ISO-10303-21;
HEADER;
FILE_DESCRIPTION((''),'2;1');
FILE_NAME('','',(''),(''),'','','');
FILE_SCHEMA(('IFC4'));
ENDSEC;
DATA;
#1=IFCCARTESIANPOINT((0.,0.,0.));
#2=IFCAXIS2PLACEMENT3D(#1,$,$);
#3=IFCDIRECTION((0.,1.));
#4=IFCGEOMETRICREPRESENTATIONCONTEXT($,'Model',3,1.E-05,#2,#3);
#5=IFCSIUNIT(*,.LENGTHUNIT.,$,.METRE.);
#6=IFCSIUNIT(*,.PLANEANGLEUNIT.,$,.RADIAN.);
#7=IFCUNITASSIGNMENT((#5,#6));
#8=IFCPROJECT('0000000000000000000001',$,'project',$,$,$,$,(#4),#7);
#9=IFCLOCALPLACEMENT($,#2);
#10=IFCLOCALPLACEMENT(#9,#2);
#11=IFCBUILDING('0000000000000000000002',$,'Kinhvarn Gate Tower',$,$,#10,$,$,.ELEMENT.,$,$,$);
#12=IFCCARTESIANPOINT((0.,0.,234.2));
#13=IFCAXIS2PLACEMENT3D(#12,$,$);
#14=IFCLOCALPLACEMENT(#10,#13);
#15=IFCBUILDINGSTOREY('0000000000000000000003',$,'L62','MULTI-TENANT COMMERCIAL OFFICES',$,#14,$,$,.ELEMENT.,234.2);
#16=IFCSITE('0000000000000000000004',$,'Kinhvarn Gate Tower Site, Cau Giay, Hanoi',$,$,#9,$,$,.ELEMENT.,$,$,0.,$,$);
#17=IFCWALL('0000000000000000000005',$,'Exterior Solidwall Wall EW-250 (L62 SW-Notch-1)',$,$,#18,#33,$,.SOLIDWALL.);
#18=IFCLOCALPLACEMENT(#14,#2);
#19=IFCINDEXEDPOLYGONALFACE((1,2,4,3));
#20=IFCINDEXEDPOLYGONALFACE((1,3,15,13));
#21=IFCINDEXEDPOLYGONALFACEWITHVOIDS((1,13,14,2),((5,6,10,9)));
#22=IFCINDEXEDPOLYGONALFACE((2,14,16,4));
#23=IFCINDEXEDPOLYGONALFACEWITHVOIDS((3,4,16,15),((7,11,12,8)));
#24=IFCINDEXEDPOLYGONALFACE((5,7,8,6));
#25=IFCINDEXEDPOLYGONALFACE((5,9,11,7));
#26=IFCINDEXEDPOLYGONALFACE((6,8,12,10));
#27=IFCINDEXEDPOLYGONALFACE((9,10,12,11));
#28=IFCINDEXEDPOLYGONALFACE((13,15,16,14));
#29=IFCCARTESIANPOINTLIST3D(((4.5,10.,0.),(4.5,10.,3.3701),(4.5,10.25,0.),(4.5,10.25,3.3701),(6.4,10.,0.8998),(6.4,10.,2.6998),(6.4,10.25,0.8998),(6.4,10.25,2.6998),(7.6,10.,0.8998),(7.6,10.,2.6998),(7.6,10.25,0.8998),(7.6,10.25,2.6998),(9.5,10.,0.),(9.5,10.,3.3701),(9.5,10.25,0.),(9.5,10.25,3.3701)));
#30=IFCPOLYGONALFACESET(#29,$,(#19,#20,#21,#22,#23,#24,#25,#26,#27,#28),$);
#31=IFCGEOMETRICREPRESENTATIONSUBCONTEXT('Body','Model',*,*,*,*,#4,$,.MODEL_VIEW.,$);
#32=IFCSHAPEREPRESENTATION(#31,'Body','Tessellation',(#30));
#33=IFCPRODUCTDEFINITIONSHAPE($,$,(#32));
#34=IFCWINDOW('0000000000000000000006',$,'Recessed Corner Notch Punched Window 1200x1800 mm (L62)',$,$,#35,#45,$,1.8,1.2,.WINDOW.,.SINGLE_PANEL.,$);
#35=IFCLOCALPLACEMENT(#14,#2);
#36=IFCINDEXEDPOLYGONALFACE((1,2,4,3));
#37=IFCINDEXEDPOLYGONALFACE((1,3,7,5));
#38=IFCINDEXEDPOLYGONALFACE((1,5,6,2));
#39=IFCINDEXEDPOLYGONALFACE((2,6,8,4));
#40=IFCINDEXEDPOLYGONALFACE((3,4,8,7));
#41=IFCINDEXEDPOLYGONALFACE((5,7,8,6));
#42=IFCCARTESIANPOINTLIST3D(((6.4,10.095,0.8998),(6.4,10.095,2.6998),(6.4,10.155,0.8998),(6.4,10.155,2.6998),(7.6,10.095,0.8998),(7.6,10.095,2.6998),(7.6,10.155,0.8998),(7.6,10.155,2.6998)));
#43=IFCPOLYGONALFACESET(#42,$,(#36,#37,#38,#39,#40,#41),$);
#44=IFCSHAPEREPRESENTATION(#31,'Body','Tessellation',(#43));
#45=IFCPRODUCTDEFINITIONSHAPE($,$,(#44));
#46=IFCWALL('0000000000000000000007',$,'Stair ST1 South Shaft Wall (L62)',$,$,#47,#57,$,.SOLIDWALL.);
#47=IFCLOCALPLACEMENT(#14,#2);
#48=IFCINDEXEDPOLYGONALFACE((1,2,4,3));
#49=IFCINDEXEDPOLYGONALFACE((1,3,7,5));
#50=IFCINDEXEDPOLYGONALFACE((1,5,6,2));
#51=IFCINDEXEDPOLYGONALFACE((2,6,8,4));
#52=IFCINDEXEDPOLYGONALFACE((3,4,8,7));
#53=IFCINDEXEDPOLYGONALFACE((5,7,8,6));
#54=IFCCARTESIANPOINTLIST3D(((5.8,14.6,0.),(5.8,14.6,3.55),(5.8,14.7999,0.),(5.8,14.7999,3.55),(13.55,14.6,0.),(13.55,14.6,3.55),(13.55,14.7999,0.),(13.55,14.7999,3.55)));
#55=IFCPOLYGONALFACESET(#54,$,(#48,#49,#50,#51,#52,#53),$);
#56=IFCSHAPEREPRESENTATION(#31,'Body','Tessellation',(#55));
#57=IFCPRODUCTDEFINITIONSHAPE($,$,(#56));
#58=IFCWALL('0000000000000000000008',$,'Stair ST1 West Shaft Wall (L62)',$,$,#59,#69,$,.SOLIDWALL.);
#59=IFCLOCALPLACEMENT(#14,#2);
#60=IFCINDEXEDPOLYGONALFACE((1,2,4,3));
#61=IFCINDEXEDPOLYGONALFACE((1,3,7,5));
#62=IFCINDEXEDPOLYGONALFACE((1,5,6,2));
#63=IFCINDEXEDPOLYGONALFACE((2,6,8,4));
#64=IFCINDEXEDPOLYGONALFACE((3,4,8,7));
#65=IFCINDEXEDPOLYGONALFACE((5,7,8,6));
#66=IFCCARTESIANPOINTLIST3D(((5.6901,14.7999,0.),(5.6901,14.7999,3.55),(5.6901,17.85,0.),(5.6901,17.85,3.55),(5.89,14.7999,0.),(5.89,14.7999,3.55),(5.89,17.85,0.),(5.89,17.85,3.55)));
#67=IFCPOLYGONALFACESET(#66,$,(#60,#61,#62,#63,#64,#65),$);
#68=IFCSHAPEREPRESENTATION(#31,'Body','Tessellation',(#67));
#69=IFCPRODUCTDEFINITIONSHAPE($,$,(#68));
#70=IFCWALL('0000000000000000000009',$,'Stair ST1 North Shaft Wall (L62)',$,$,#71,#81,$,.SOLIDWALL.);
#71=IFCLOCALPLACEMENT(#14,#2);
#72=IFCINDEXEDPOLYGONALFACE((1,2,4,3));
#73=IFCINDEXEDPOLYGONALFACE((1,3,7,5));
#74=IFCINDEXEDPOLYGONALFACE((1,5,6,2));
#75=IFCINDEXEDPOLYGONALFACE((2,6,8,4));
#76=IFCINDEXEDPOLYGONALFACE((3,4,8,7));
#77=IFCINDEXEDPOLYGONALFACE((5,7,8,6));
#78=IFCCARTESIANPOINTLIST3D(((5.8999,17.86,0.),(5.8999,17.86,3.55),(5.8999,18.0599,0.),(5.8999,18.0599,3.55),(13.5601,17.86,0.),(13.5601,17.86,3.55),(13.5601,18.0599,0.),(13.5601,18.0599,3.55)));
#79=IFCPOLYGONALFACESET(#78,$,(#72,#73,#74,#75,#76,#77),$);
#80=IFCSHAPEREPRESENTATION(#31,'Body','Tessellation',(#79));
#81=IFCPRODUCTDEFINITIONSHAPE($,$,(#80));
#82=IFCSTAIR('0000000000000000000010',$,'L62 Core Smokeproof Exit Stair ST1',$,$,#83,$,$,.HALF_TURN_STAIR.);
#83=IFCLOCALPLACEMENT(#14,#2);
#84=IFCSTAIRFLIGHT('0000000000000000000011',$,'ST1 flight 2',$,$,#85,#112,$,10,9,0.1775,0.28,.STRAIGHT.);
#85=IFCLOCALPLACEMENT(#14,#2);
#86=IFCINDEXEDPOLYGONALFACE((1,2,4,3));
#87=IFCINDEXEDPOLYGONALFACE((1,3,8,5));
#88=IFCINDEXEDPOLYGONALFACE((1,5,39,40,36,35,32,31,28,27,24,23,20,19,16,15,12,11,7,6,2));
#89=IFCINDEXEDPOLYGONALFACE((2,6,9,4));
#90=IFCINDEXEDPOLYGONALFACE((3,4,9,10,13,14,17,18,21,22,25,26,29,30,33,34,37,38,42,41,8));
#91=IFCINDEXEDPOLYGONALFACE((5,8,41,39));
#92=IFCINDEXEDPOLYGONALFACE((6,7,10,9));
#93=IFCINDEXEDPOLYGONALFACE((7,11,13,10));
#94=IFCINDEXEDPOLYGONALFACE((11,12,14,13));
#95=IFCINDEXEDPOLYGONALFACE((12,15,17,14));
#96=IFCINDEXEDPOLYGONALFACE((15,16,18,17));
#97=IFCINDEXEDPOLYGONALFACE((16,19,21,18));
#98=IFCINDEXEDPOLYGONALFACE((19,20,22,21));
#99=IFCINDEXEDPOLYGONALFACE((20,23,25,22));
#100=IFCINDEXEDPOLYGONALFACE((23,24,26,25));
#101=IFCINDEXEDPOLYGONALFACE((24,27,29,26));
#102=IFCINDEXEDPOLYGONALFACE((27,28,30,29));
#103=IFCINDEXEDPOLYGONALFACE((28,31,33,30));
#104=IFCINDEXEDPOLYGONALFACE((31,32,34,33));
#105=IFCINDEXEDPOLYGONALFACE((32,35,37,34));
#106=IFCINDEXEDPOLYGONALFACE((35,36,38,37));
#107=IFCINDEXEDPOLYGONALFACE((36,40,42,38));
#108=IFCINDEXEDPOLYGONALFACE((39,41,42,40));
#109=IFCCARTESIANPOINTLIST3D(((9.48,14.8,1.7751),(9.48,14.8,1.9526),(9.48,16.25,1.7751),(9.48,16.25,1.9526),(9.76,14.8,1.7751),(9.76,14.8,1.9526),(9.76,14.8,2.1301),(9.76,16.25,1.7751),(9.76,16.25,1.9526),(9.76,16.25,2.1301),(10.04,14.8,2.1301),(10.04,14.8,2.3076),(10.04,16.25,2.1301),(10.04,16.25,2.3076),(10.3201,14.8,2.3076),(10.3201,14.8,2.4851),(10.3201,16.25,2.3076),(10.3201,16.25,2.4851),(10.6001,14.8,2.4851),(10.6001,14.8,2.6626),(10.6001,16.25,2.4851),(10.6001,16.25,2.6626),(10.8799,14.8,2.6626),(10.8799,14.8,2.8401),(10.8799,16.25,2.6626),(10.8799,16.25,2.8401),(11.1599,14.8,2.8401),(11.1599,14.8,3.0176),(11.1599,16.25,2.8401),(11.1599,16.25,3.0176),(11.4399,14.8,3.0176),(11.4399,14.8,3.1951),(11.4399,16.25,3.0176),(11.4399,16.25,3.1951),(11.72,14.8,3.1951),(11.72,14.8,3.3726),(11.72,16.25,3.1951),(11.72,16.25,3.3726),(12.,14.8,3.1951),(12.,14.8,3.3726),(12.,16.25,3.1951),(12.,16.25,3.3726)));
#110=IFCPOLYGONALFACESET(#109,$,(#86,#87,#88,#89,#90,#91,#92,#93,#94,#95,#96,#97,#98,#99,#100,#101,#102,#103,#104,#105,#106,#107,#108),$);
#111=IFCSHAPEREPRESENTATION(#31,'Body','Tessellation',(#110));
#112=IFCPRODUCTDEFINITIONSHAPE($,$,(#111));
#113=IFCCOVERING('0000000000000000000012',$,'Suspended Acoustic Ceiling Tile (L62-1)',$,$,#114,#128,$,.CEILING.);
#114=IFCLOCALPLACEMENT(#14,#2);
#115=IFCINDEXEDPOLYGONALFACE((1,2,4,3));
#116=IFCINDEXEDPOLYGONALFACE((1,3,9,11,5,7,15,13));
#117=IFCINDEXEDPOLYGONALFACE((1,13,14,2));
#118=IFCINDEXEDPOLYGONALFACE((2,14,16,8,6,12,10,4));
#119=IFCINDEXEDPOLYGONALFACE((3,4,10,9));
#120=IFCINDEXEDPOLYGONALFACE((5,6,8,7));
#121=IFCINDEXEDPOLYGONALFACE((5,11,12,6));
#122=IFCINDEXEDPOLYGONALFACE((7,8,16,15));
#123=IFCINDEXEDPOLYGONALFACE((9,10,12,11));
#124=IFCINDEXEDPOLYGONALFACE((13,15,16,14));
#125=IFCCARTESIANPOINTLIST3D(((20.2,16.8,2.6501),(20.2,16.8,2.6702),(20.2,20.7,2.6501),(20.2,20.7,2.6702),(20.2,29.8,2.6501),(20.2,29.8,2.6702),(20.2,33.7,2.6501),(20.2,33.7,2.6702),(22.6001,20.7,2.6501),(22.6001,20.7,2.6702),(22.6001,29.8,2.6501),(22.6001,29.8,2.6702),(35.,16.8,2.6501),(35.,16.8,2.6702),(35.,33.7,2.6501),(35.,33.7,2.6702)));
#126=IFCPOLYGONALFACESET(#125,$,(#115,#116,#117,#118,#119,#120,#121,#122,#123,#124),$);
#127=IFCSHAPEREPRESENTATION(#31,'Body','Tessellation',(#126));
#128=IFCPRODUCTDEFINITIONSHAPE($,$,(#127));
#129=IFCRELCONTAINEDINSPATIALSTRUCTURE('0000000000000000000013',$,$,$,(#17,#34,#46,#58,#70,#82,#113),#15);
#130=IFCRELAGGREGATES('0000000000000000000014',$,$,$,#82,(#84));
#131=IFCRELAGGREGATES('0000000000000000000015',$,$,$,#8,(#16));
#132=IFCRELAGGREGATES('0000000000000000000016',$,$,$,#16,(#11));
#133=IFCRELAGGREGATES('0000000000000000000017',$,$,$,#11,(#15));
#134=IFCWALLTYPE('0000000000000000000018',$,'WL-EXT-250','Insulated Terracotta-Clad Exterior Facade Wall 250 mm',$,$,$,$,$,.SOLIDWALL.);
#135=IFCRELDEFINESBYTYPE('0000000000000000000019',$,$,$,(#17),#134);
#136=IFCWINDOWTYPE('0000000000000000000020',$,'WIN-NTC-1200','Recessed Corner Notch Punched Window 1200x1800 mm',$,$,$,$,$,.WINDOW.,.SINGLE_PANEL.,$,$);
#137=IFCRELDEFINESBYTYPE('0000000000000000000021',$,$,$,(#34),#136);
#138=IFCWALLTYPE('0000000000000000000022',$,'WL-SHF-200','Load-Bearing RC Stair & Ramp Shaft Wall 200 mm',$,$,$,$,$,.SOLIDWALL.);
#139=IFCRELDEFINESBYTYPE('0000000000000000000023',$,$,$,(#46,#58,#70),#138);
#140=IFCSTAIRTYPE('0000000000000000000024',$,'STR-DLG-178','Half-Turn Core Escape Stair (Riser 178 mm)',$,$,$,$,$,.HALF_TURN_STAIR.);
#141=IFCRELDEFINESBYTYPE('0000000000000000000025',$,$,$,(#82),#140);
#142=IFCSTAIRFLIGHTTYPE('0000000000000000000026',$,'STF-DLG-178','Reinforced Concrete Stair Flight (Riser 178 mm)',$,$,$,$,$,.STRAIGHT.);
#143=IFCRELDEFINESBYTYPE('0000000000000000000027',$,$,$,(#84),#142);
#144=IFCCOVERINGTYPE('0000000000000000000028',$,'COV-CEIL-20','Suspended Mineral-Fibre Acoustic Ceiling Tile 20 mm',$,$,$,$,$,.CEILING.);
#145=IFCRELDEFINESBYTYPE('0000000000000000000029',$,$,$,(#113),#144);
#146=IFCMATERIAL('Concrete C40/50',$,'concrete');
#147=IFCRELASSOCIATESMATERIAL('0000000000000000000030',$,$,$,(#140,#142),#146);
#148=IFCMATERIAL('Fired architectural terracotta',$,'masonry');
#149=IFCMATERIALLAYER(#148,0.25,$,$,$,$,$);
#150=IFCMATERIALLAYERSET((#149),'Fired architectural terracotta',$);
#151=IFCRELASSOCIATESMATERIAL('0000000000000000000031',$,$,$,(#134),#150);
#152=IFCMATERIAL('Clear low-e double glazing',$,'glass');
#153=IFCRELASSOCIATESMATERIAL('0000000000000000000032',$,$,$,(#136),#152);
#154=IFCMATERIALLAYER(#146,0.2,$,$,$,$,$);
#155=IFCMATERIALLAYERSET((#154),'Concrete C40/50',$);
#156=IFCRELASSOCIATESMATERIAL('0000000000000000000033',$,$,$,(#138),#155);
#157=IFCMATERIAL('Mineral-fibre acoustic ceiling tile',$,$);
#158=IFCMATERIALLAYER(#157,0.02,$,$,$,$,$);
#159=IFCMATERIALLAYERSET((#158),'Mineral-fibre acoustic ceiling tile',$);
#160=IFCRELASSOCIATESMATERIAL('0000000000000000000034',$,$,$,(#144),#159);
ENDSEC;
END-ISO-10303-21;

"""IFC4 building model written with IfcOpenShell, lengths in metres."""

from ifc_helpers import new_model, si_unit, direction, frame, frame_2d, origin, place, context, subcontext, project, spatial, polyline, rectangle, outline, extrude, material, layer, layer_set, type_object, element, fill, aggregate, save


model = new_model("IFC4")

# Units and contexts
model_context = context("Model", 3, precision=1e-05, world=origin(), true_north=direction((0.0, 1.0)))
body_context = subcontext(model_context, "Body", "Model", "MODEL_VIEW")
ifc_project = project(units=[si_unit("LENGTHUNIT", "METRE"), si_unit("PLANEANGLEUNIT", "RADIAN")], contexts=[model_context])

# Site, building, storey
site_placement = place(None, origin())
site = spatial("IfcSite", under=ifc_project, at=site_placement, Name="Kinhvarn Gate Tower Site, Cau Giay, Hanoi", CompositionType="ELEMENT", RefElevation=0.0)
building_placement = place(site_placement, origin())
building = spatial("IfcBuilding", under=site, at=building_placement, Name="Kinhvarn Gate Tower", CompositionType="ELEMENT")
storey_placement = place(building_placement, frame((0.0, 0.0, 234.2)))
storey = spatial("IfcBuildingStorey", under=building, at=storey_placement, Name="L62", Description="MULTI-TENANT COMMERCIAL OFFICES", CompositionType="ELEMENT", Elevation=234.2)

# Shared definitions
ifc_material_1 = material(Name="Concrete C40/50", Category="concrete")
stair_type = type_object("IfcStairType", Name="STR-DLG-178", Description="Half-Turn Core Escape Stair (Riser 178 mm)", PredefinedType="HALF_TURN_STAIR", material=ifc_material_1)

# Wall, opening, window
ifc_material_2 = material(Name="Fired architectural terracotta", Category="masonry")
ifc_layer_1 = layer(ifc_material_2, 0.25)
ifc_layer_set_1 = layer_set([ifc_layer_1], Name="Fired architectural terracotta")
wall_type_1 = type_object("IfcWallType", Name="WL-EXT-250", Description="Insulated Terracotta-Clad Exterior Facade Wall 250 mm", PredefinedType="SOLIDWALL", material=ifc_layer_set_1)
ifc_material_3 = material(Name="Clear low-e double glazing", Category="glass")
wall_1_placement = place(storey_placement, frame((4.5, 10.125, 0.0), z_axis=(0.0, 0.0, 1.0), x_axis=(1.0, 0.0, 0.0)))
wall_1 = element("IfcWall", 1, at=wall_1_placement, inside=storey, type_object=wall_type_1, Name="Exterior Solidwall Wall EW-250 (L62 SW-Notch-1)", PredefinedType="SOLIDWALL", context=body_context, shape_type="SweptSolid", body=[
    extrude(rectangle(XDim=5.0, YDim=0.25, at=frame_2d((2.5, 0.0))), origin(), (0.0, 0.0, 1.0), 3.3701),
])
opening_1_placement = place(wall_1_placement, frame((1.8999, 0.0, 0.8999)))
opening_1 = element("IfcOpeningElement", 2, at=opening_1_placement, cuts=wall_1, PredefinedType="OPENING", context=body_context, shape_type="SweptSolid", body=[
    extrude(rectangle(XDim=1.2, YDim=1.8, at=frame_2d((0.6001, 0.8999))), frame((0.0, 0.135, 0.0), z_axis=(0.0, -1.0, 0.0), x_axis=(1.0, 0.0, 0.0)), (0.0, 0.0, 1.0), 0.27),
])
window_type_1 = type_object("IfcWindowType", Name="WIN-NTC-1200", Description="Recessed Corner Notch Punched Window 1200x1800 mm", PartitioningType="SINGLE_PANEL", PredefinedType="WINDOW", material=ifc_material_3)
window_1_placement = place(opening_1_placement, origin())
window_1 = element("IfcWindow", 3, at=window_1_placement, inside=storey, type_object=window_type_1, Name="Recessed Corner Notch Punched Window 1200x1800 mm (L62)", OverallHeight=1.8, OverallWidth=1.2, PartitioningType="SINGLE_PANEL", PredefinedType="WINDOW", context=body_context, shape_type="SweptSolid", body=[
    extrude(rectangle(XDim=1.2, YDim=1.8, at=frame_2d((0.6001, 0.8999))), frame((0.0, 0.03, 0.0), z_axis=(0.0, -1.0, 0.0), x_axis=(1.0, 0.0, 0.0)), (0.0, 0.0, 1.0), 0.0601),
])
fill(opening_1, window_1)

# Walls
ifc_layer_2 = layer(ifc_material_1, 0.2)
ifc_layer_set_2 = layer_set([ifc_layer_2], Name="Concrete C40/50")
wall_type_2 = type_object("IfcWallType", Name="WL-SHF-200", Description="Load-Bearing RC Stair & Ramp Shaft Wall 200 mm", PredefinedType="SOLIDWALL", material=ifc_layer_set_2)
wall_2_placement = place(storey_placement, frame((5.8, 14.7, 0.0), z_axis=(0.0, 0.0, 1.0), x_axis=(1.0, 0.0, 0.0)))
element("IfcWall", 4, at=wall_2_placement, inside=storey, type_object=wall_type_2, Name="Stair ST1 South Shaft Wall (L62)", PredefinedType="SOLIDWALL", context=body_context, shape_type="SweptSolid", body=[
    extrude(rectangle(XDim=7.75, YDim=0.2, at=frame_2d((3.875, 0.0))), origin(), (0.0, 0.0, 1.0), 3.55),
])
wall_3_placement = place(storey_placement, frame((5.79, 14.8, 0.0), z_axis=(0.0, 0.0, 1.0), x_axis=(0.0, 1.0, 0.0)))
element("IfcWall", 5, at=wall_3_placement, inside=storey, type_object=wall_type_2, Name="Stair ST1 West Shaft Wall (L62)", PredefinedType="SOLIDWALL", context=body_context, shape_type="SweptSolid", body=[
    extrude(rectangle(XDim=3.05, YDim=0.2, at=frame_2d((1.5249, 0.0))), origin(), (0.0, 0.0, 1.0), 3.55),
])
wall_4_placement = place(storey_placement, frame((5.8999, 17.96, 0.0), z_axis=(0.0, 0.0, 1.0), x_axis=(1.0, 0.0, 0.0)))
element("IfcWall", 6, at=wall_4_placement, inside=storey, type_object=wall_type_2, Name="Stair ST1 North Shaft Wall (L62)", PredefinedType="SOLIDWALL", context=body_context, shape_type="SweptSolid", body=[
    extrude(rectangle(XDim=7.6602, YDim=0.2, at=frame_2d((3.8301, 0.0))), origin(), (0.0, 0.0, 1.0), 3.55),
])

# Stair, stair flight
stair_1_placement = place(storey_placement, origin())
stair_1 = element("IfcStair", 7, at=stair_1_placement, inside=storey, type_object=stair_type, Name="L62 Core Smokeproof Exit Stair ST1", PredefinedType="HALF_TURN_STAIR")
stair_flight_type = type_object("IfcStairFlightType", Name="STF-DLG-178", Description="Reinforced Concrete Stair Flight (Riser 178 mm)", PredefinedType="STRAIGHT", material=ifc_material_1)
stair_flight_placement = place(storey_placement, frame((9.48, 15.5249, 1.7751), z_axis=(0.0, 0.0, 1.0), x_axis=(1.0, 0.0, 0.0)))
stair_flight = element("IfcStairFlight", 8, at=stair_flight_placement, type_object=stair_flight_type, Name="ST1 flight 2", NumberOfRisers=10, NumberOfTreads=9, PredefinedType="STRAIGHT", RiserHeight=0.1775, TreadLength=0.28, context=body_context, shape_type="SweptSolid", body=[
    extrude(outline(polyline([(0.0, 0.0), (0.0, 0.1775), (0.28, 0.1775), (0.28, 0.355), (0.5601, 0.355), (0.5601, 0.5325), (0.8401, 0.5325), (0.8401, 0.71), (1.1201, 0.71), (1.1201, 0.8875), (1.3999, 0.8875), (1.3999, 1.0649), (1.6799, 1.0649), (1.6799, 1.2424), (1.96, 1.2424), (1.96, 1.4199), (2.24, 1.4199), (2.24, 1.5974), (2.52, 1.5974), (2.52, 1.7749), (2.52, 1.4199), (0.28, 0.0), (0.0, 0.0)])), frame((0.0, 0.7251, 0.0), z_axis=(0.0, -1.0, 0.0), x_axis=(1.0, 0.0, 0.0)), (0.0, 0.0, 1.0), 1.45),
])
aggregate(stair_1, [stair_flight])

# Covering
ifc_material_4 = material(Name="Mineral-fibre acoustic ceiling tile")
ifc_layer_3 = layer(ifc_material_4, 0.02)
ifc_layer_set_3 = layer_set([ifc_layer_3], Name="Mineral-fibre acoustic ceiling tile")
covering_type = type_object("IfcCoveringType", Name="COV-CEIL-20", Description="Suspended Mineral-Fibre Acoustic Ceiling Tile 20 mm", PredefinedType="CEILING", material=ifc_layer_set_3)
covering_placement = place(storey_placement, frame((0.0, 0.0, 2.6501)))
element("IfcCovering", 9, at=covering_placement, inside=storey, type_object=covering_type, Name="Suspended Acoustic Ceiling Tile (L62-1)", PredefinedType="CEILING", context=body_context, shape_type="SweptSolid", body=[
    extrude(outline(polyline([(35.0, 33.7), (35.0, 16.8), (20.2, 16.8), (20.2, 20.7), (22.6001, 20.7), (22.6001, 29.8), (20.2, 29.8), (20.2, 33.7), (35.0, 33.7)])), origin(), (0.0, 0.0, 1.0), 0.02),
])

save(model, "model.ifc")
